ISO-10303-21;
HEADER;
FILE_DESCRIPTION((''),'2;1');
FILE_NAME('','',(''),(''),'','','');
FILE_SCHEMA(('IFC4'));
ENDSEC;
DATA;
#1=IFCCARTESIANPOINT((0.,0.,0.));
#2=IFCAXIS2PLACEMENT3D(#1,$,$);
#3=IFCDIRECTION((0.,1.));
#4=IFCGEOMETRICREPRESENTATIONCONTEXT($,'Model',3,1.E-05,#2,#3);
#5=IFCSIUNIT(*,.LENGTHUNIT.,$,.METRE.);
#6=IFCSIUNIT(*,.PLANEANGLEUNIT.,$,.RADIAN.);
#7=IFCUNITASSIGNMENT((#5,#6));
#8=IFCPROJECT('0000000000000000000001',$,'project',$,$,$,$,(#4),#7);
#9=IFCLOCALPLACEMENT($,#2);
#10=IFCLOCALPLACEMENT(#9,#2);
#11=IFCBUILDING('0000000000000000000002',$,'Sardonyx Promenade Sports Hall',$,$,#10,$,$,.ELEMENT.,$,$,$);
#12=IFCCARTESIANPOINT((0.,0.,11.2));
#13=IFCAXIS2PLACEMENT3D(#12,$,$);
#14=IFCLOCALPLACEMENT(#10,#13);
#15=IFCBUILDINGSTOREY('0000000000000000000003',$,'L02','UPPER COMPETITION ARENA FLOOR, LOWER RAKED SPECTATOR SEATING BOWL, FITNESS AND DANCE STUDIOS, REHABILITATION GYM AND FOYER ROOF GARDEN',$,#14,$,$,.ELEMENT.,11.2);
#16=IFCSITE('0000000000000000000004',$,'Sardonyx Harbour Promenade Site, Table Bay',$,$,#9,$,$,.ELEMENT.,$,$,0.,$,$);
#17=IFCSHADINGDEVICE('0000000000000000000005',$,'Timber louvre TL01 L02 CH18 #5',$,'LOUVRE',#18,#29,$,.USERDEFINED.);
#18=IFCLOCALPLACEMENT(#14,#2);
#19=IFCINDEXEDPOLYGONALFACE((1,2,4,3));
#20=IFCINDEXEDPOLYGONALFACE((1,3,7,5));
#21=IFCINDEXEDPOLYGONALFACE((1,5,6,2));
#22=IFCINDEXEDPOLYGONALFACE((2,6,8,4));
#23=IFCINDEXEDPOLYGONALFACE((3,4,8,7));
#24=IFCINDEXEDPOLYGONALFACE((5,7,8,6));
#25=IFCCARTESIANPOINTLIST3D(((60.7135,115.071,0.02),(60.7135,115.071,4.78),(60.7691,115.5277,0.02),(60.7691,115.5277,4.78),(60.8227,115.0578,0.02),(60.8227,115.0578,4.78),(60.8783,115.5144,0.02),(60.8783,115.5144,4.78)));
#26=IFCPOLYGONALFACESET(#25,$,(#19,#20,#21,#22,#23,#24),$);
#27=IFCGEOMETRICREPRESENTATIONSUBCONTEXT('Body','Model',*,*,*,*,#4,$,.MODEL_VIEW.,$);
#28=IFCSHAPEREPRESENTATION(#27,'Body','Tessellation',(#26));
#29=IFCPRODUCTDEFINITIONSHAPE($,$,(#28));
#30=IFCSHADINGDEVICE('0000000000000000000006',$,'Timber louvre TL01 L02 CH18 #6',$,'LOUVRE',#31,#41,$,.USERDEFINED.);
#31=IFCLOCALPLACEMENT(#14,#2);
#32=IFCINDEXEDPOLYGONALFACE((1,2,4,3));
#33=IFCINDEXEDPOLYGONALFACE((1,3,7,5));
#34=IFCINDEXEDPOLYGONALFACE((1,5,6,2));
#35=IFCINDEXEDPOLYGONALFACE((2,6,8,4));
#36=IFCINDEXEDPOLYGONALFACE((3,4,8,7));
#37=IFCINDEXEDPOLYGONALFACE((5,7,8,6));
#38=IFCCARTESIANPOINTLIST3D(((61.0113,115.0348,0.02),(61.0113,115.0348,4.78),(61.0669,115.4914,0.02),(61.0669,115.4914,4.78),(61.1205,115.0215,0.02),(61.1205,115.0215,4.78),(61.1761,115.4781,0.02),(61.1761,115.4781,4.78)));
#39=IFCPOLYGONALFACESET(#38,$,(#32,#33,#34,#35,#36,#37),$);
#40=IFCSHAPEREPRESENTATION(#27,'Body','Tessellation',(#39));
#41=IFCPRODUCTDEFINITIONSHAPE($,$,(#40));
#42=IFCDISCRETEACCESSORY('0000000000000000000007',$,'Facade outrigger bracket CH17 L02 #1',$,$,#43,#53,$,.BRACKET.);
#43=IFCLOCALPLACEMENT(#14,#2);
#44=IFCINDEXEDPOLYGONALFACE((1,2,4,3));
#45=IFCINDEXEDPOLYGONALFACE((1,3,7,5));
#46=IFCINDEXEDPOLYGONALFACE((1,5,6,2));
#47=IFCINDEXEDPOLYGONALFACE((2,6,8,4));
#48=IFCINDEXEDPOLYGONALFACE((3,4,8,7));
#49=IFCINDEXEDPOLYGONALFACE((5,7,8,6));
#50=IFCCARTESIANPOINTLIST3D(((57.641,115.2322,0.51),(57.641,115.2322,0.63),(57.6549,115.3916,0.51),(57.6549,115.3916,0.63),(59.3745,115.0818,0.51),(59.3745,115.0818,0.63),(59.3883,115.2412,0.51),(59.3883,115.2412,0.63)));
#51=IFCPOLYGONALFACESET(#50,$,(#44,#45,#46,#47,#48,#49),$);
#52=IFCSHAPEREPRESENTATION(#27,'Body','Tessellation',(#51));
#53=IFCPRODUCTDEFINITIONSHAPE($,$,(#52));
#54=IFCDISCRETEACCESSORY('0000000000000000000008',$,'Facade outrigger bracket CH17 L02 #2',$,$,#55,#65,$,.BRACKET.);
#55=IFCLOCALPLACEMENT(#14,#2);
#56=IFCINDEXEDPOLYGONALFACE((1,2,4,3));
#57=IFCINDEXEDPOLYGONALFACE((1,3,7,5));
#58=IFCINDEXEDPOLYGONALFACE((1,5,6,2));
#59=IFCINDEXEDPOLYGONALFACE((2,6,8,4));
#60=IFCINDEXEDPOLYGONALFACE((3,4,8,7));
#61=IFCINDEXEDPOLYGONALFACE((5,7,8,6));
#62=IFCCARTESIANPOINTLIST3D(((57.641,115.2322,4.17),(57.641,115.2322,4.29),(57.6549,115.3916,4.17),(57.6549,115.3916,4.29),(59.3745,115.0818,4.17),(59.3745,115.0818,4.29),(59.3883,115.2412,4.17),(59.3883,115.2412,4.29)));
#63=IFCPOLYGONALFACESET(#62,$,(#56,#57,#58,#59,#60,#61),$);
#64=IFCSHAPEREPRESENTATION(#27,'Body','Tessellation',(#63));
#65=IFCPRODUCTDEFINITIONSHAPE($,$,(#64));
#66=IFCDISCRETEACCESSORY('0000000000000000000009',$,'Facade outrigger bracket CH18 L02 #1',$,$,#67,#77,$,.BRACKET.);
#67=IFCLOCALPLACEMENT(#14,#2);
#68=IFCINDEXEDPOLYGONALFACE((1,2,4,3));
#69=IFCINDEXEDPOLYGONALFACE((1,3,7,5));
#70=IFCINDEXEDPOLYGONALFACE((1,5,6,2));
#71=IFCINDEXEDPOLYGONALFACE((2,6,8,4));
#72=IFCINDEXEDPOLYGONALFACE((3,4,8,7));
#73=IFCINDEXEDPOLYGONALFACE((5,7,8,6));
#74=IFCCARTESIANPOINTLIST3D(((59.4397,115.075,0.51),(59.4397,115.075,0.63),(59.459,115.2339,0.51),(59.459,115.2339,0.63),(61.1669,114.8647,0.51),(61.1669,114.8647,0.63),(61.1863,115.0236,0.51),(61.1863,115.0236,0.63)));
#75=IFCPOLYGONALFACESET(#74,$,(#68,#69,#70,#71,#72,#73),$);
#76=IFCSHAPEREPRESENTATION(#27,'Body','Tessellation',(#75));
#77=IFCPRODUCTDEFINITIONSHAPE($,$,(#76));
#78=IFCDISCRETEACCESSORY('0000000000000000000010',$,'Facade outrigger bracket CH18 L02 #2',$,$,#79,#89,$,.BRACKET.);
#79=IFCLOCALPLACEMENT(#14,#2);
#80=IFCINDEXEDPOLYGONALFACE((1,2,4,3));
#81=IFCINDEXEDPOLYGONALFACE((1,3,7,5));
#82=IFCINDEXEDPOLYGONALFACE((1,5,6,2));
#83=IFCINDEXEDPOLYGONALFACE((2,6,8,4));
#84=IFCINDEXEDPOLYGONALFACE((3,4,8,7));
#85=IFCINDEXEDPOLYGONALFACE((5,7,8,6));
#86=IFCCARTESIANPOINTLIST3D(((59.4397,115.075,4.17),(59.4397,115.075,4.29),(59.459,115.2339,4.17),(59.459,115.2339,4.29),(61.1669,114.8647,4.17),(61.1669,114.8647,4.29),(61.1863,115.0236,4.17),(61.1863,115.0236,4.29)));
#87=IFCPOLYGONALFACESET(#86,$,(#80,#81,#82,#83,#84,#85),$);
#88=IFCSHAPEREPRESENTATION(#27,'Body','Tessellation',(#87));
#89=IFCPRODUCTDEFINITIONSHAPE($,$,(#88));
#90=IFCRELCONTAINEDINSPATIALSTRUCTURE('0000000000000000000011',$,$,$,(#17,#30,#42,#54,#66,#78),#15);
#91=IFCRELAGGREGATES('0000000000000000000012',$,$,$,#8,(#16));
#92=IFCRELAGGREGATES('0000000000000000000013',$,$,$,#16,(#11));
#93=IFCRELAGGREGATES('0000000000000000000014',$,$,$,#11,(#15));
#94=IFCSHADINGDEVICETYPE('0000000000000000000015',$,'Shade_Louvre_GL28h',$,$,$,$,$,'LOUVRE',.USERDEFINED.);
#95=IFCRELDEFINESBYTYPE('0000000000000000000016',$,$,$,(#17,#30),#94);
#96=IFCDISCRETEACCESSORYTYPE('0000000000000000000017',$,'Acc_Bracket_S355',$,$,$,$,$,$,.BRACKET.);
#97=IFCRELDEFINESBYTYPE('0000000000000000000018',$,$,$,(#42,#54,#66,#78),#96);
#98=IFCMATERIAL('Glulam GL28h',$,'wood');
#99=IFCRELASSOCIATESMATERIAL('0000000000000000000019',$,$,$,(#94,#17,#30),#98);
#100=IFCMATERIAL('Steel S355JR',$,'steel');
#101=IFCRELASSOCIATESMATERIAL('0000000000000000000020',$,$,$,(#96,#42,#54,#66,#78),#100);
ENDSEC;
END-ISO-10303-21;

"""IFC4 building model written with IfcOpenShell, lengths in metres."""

from ifc_helpers import new_model, si_unit, direction, frame, origin, place, context, subcontext, project, spatial, rectangle, extrude, material, type_object, element, save


model = new_model("IFC4")

# Units and contexts
model_context = context("Model", 3, precision=1e-05, world=origin(), true_north=direction((0.0, 1.0)))
body_context = subcontext(model_context, "Body", "Model", "MODEL_VIEW")
ifc_project = project(units=[si_unit("LENGTHUNIT", "METRE"), si_unit("PLANEANGLEUNIT", "RADIAN")], contexts=[model_context])

# Site, building, storey
site_placement = place(None, origin())
site = spatial("IfcSite", under=ifc_project, at=site_placement, Name="Sardonyx Harbour Promenade Site, Table Bay", CompositionType="ELEMENT", RefElevation=0.0)
building_placement = place(site_placement, origin())
building = spatial("IfcBuilding", under=site, at=building_placement, Name="Sardonyx Promenade Sports Hall", CompositionType="ELEMENT")
storey_placement = place(building_placement, frame((0.0, 0.0, 11.2)))
storey = spatial("IfcBuildingStorey", under=building, at=storey_placement, Name="L02", Description="UPPER COMPETITION ARENA FLOOR, LOWER RAKED SPECTATOR SEATING BOWL, FITNESS AND DANCE STUDIOS, REHABILITATION GYM AND FOYER ROOF GARDEN", CompositionType="ELEMENT", Elevation=11.2)

# Shading devices
ifc_material_1 = material(Name="Glulam GL28h", Category="wood")
shading_device_type_1 = type_object("IfcShadingDeviceType", Name="Shade_Louvre_GL28h", ElementType="LOUVRE", PredefinedType="USERDEFINED", material=ifc_material_1)
for number, where, z_axis, x_axis, name in (
    (1, (60.7959, 115.2927, 0.02), (0.0, 0.0, 1.0), (0.992669, -0.120863, 0.0), "Timber louvre TL01 L02 CH18 #5"),
    (2, (61.0937, 115.2565, 0.02), (0.0, 0.0, 1.0), (0.992669, -0.120863, 0.0), "Timber louvre TL01 L02 CH18 #6"),
):
    element("IfcShadingDevice", number, at=place(storey_placement, frame(where, z_axis=z_axis, x_axis=x_axis)), inside=storey, type_object=shading_device_type_1, material=ifc_material_1, Name=name, ObjectType="LOUVRE", PredefinedType="USERDEFINED", context=body_context, shape_type="SweptSolid", body=[
        extrude(rectangle(XDim=0.11, YDim=0.46), origin(), (0.0, 0.0, 1.0), 4.76),
    ])

# Discrete accessories
ifc_material_2 = material(Name="Steel S355JR", Category="steel")
discrete_accessory_type = type_object("IfcDiscreteAccessoryType", Name="Acc_Bracket_S355", PredefinedType="BRACKET", material=ifc_material_2)
for number, where, z_axis, x_axis, name in (
    (3, (58.5147, 115.2367, 0.51), (0.0, 0.0, 1.0), (0.996258, -0.086434, 0.0), "Facade outrigger bracket CH17 L02 #1"),
    (4, (58.5147, 115.2367, 4.17), (0.0, 0.0, 1.0), (0.996258, -0.086434, 0.0), "Facade outrigger bracket CH17 L02 #2"),
    (5, (60.313, 115.0493, 0.51), (0.0, 0.0, 1.0), (0.992669, -0.120863, 0.0), "Facade outrigger bracket CH18 L02 #1"),
    (6, (60.313, 115.0493, 4.17), (0.0, 0.0, 1.0), (0.992669, -0.120863, 0.0), "Facade outrigger bracket CH18 L02 #2"),
):
    element("IfcDiscreteAccessory", number, at=place(storey_placement, frame(where, z_axis=z_axis, x_axis=x_axis)), inside=storey, type_object=discrete_accessory_type, material=ifc_material_2, Name=name, PredefinedType="BRACKET", context=body_context, shape_type="SweptSolid", body=[
        extrude(rectangle(XDim=1.74, YDim=0.16), origin(), (0.0, 0.0, 1.0), 0.12),
    ])

save(model, "model.ifc")
